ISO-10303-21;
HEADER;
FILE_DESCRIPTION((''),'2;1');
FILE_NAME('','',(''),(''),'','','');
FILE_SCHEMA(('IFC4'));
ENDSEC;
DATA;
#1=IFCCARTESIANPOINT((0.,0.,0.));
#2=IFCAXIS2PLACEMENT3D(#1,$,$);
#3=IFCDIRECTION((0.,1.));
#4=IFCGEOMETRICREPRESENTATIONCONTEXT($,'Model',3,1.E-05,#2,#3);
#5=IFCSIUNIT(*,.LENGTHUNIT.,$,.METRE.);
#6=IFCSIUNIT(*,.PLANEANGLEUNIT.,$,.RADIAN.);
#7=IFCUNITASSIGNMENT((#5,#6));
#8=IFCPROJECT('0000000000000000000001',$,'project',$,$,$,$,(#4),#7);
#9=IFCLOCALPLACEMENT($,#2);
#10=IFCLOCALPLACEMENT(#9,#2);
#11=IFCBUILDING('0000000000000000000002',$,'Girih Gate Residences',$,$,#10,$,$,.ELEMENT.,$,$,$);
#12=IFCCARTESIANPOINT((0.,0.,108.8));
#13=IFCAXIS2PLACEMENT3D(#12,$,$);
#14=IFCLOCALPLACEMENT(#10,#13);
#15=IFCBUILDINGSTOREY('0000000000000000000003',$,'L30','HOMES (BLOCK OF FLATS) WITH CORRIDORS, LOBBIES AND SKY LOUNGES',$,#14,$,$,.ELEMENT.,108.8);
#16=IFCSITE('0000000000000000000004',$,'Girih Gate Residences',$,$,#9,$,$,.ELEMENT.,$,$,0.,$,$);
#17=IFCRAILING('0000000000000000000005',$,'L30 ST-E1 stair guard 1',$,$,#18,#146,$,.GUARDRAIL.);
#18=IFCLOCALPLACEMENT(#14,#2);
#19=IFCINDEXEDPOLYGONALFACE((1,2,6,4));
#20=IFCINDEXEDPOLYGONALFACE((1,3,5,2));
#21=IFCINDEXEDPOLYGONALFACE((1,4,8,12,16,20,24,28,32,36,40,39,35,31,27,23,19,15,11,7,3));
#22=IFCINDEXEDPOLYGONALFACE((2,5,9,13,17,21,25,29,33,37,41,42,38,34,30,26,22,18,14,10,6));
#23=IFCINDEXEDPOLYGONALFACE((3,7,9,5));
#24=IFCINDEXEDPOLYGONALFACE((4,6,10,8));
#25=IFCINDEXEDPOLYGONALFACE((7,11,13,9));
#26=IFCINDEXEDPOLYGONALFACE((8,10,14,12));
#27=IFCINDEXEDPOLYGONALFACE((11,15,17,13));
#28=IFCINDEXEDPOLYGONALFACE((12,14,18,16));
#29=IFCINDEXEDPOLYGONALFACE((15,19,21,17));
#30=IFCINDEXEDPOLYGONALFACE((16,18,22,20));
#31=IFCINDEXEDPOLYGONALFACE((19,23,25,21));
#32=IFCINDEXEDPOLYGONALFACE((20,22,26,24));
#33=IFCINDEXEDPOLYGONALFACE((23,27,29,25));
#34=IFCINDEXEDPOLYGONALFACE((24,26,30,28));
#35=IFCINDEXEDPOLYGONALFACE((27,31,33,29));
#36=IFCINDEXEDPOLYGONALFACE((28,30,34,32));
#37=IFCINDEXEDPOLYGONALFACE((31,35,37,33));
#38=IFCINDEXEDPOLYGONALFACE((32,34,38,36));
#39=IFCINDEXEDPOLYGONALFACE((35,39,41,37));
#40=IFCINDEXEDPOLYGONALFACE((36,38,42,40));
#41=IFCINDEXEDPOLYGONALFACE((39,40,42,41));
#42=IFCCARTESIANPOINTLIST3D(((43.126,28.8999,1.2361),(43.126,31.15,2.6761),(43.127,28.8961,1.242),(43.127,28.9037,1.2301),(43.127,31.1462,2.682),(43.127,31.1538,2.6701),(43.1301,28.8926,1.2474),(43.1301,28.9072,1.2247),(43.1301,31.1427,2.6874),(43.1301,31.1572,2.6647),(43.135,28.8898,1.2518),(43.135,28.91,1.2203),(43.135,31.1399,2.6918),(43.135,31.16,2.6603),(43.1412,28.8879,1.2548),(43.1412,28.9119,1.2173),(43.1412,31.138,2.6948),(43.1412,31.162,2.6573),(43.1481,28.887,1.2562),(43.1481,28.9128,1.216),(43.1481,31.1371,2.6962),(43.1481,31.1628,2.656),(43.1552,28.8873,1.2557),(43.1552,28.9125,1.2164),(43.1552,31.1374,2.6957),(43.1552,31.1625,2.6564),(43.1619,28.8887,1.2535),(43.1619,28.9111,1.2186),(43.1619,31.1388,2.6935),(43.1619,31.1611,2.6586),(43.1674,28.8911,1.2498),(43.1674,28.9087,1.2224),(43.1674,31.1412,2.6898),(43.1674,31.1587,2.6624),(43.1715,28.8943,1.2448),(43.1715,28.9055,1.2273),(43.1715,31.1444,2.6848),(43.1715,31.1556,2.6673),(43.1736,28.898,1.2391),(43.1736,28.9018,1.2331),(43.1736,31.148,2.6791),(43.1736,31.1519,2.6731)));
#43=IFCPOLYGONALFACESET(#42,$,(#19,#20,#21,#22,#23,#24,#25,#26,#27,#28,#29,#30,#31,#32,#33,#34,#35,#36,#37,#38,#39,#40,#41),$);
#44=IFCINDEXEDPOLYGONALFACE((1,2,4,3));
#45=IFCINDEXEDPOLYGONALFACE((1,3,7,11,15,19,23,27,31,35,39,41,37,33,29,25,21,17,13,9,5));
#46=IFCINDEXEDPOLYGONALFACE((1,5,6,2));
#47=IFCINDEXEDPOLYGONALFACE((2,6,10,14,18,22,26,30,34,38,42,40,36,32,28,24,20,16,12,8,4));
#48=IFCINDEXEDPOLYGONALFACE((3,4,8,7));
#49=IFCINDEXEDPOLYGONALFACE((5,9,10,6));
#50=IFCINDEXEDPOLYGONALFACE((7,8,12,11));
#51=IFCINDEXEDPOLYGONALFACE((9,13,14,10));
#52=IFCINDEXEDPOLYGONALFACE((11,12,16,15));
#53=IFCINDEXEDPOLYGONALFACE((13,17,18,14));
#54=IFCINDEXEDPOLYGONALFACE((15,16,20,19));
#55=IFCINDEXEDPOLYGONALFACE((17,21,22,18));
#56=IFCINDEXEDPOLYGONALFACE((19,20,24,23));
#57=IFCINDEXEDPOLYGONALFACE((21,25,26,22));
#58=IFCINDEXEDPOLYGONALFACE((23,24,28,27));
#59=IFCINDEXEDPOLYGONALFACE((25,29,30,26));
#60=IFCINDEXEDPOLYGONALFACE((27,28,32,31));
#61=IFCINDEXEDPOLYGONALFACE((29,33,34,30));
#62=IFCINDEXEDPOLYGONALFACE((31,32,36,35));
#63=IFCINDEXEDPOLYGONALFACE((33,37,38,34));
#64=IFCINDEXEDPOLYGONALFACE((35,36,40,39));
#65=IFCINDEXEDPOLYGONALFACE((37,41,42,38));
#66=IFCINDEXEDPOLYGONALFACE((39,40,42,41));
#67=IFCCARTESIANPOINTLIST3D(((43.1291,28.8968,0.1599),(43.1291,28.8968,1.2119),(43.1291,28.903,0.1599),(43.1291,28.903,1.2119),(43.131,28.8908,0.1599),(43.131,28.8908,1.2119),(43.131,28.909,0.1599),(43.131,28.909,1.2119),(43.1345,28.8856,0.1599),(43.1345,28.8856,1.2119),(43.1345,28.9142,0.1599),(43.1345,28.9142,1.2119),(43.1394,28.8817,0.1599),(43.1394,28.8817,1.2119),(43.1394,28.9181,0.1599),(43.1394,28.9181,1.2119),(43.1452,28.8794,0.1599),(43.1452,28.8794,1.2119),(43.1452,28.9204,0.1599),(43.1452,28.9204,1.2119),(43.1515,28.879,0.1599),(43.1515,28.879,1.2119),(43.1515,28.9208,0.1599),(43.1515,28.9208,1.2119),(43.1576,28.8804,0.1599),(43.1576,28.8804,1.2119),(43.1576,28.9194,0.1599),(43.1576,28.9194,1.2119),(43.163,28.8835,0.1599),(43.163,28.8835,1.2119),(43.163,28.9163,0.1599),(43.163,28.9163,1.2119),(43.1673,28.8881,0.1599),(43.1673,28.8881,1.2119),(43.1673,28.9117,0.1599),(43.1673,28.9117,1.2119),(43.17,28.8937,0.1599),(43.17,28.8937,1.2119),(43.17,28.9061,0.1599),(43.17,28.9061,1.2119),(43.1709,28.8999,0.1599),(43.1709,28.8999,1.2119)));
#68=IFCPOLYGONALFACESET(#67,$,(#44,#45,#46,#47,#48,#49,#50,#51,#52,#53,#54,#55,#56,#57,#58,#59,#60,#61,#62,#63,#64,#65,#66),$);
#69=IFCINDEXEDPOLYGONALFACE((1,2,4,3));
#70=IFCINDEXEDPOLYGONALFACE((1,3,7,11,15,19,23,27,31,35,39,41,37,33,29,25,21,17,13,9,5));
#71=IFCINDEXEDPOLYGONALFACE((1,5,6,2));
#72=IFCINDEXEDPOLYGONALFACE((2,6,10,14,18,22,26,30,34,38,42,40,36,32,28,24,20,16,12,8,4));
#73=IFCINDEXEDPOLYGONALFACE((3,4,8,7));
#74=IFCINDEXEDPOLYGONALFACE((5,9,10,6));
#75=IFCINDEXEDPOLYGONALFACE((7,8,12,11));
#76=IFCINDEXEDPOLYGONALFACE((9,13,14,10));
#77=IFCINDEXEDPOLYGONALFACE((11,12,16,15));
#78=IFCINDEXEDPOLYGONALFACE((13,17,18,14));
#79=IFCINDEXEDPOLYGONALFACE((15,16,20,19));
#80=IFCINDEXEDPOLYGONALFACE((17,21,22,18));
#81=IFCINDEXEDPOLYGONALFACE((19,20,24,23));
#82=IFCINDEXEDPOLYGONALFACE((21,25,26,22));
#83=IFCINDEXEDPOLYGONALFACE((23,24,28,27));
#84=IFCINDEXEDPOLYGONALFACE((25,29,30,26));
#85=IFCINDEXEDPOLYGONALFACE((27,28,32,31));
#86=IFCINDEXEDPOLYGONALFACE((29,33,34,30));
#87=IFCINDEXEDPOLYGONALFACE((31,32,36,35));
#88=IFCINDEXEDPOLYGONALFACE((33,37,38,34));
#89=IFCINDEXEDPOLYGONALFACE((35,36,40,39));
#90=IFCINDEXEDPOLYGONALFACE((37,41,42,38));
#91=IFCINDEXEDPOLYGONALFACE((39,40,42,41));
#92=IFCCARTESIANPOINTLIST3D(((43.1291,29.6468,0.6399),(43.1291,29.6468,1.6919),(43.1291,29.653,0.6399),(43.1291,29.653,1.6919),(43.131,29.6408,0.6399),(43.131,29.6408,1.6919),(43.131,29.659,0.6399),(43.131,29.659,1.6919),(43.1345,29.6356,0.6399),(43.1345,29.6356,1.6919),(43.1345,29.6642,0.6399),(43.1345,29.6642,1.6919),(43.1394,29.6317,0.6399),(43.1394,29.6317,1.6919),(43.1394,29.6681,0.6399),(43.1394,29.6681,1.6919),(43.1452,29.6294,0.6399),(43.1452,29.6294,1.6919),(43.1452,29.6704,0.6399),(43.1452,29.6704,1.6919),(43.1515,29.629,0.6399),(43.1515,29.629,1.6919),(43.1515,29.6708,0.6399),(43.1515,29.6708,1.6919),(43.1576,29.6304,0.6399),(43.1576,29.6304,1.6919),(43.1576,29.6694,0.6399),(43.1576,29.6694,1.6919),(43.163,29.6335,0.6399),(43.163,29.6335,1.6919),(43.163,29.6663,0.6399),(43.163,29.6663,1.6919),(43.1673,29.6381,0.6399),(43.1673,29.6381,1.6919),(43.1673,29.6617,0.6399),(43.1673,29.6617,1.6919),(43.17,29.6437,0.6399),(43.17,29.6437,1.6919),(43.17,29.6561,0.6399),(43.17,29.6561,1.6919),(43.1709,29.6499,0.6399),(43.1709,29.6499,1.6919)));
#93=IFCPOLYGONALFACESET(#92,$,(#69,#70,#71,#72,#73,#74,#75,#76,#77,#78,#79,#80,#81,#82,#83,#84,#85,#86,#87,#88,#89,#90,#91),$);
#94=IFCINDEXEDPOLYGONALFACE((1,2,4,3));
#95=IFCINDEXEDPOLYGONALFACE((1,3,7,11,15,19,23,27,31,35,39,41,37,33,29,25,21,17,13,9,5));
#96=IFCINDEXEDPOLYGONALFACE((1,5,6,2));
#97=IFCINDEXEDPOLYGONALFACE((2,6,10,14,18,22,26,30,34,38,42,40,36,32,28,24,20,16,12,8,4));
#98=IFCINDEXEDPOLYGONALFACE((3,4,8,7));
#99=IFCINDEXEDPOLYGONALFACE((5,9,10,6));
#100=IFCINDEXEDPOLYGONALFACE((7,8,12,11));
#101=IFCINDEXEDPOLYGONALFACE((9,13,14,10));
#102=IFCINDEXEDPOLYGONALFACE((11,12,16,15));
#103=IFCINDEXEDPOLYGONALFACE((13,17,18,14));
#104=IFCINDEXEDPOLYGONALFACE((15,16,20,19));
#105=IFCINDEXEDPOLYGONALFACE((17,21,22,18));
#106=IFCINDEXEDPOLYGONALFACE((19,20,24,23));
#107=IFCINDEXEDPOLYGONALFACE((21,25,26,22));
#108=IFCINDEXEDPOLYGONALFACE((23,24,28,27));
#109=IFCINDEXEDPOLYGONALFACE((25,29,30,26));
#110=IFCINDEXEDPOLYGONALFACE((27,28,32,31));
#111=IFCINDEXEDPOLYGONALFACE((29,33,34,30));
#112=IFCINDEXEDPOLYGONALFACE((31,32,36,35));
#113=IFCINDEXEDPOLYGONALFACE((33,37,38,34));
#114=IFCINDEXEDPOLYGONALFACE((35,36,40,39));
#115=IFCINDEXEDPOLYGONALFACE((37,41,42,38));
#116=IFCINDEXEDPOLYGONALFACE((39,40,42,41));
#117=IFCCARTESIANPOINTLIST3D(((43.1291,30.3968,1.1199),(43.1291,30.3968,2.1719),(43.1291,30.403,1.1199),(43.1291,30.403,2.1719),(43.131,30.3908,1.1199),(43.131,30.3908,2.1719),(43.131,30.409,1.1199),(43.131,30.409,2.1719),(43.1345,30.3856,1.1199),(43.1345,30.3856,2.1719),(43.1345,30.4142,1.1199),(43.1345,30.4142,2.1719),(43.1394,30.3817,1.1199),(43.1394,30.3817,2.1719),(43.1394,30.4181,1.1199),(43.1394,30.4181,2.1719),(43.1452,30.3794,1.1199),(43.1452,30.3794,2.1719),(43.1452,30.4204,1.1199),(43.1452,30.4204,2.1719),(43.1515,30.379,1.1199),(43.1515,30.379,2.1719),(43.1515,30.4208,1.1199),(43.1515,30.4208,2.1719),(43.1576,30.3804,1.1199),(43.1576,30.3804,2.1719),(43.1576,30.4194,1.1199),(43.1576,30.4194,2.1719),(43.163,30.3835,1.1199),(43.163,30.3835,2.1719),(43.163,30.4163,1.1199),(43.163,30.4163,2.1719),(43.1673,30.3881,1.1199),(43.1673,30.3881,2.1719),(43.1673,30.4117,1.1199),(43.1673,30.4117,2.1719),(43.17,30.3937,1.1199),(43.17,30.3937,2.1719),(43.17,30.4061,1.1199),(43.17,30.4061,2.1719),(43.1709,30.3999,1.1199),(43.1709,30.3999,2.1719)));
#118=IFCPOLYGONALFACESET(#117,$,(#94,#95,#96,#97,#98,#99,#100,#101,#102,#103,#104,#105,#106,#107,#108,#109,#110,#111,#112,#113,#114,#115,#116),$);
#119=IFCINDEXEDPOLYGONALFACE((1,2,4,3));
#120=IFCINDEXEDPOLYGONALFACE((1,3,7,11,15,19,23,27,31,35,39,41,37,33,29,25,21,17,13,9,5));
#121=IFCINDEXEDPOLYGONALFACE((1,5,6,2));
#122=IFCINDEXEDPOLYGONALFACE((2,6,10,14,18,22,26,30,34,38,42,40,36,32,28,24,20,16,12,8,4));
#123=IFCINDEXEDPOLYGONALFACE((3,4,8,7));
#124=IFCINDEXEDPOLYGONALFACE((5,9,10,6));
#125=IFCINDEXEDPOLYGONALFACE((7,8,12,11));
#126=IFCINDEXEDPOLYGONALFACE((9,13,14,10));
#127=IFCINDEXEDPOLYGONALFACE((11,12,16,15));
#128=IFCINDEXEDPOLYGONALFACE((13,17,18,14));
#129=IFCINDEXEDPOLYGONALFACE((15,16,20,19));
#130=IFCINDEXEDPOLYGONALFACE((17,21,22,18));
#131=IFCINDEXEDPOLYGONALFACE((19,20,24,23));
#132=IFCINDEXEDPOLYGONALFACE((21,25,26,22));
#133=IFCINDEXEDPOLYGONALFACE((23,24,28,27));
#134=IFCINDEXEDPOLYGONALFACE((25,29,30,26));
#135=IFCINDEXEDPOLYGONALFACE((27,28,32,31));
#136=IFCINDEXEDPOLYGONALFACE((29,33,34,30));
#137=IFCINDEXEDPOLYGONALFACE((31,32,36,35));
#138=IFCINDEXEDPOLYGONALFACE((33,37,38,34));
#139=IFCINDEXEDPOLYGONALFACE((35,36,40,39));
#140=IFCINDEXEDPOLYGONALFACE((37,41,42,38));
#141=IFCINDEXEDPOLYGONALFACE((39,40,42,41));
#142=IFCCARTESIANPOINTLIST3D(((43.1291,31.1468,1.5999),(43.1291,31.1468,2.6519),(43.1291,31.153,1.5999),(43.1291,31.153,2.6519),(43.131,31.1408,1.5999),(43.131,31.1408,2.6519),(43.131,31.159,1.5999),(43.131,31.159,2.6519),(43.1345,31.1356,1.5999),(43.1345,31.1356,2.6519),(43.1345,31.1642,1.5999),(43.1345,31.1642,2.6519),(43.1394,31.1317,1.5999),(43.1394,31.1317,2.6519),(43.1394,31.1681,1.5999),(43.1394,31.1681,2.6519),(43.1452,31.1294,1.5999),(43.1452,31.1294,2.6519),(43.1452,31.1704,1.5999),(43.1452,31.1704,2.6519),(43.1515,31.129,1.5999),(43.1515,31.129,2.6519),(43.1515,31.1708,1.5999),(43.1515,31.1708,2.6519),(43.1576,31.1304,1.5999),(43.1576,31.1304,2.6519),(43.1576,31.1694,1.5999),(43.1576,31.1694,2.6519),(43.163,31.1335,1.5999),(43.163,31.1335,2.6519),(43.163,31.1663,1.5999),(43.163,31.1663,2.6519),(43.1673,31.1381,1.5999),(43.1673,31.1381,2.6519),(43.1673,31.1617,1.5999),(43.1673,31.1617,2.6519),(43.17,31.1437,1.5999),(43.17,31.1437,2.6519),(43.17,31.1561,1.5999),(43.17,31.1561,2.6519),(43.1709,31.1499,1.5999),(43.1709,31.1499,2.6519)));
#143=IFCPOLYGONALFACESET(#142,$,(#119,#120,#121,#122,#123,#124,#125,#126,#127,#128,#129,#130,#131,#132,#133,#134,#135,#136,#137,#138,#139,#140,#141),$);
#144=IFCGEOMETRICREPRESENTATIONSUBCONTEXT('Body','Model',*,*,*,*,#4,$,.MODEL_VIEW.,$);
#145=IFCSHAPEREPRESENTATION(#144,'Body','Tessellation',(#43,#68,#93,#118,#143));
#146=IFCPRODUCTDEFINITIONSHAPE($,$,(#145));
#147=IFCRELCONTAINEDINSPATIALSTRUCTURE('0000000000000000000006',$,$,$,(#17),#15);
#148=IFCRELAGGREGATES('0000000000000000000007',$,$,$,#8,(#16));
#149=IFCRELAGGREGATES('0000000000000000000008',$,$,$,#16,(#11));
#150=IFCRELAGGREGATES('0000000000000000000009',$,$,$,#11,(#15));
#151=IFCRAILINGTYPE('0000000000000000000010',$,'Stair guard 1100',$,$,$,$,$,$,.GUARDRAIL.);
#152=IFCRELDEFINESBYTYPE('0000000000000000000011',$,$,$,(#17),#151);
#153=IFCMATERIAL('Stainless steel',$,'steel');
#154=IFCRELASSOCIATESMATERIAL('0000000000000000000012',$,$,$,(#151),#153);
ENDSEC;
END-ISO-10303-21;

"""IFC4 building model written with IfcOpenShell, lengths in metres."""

from ifc_helpers import new_model, si_unit, direction, frame, origin, origin_2d, place, context, subcontext, project, spatial, circle, extrude, material, type_object, element, save


model = new_model("IFC4")

# Units and contexts
model_context = context("Model", 3, precision=1e-05, world=origin(), true_north=direction((0.0, 1.0)))
body_context = subcontext(model_context, "Body", "Model", "MODEL_VIEW")
ifc_project = project(units=[si_unit("LENGTHUNIT", "METRE"), si_unit("PLANEANGLEUNIT", "RADIAN")], contexts=[model_context])

# Site, building, storey
site_placement = place(None, origin())
site = spatial("IfcSite", under=ifc_project, at=site_placement, Name="Girih Gate Residences", CompositionType="ELEMENT", RefElevation=0.0)
building_placement = place(site_placement, origin())
building = spatial("IfcBuilding", under=site, at=building_placement, Name="Girih Gate Residences", CompositionType="ELEMENT")
storey_placement = place(building_placement, frame((0.0, 0.0, 108.8)))
storey = spatial("IfcBuildingStorey", under=building, at=storey_placement, Name="L30", Description="HOMES (BLOCK OF FLATS) WITH CORRIDORS, LOBBIES AND SKY LOUNGES", CompositionType="ELEMENT", Elevation=108.8)

# Railing
ifc_material_1 = material(Name="Stainless steel", Category="steel")
railing_type_1 = type_object("IfcRailingType", Name="Stair guard 1100", PredefinedType="GUARDRAIL", material=ifc_material_1)
railing_1_placement = place(storey_placement, frame((43.1499, 28.8999, 0.1599)))
element("IfcRailing", 1, at=railing_1_placement, inside=storey, type_object=railing_type_1, Name="L30 ST-E1 stair guard 1", PredefinedType="GUARDRAIL", context=body_context, shape_type="SweptSolid", body=[
    extrude(circle(Radius=0.0239, at=origin_2d()), frame((0.0, 0.0, 1.0762), z_axis=(0.0, 0.842281, 0.539038), x_axis=(-1.0, 0.0, 0.0)), (0.0, 0.0, 1.0), 2.6714),
    extrude(circle(Radius=0.021, at=origin_2d()), origin(), (0.0, 0.0, 1.0), 1.052),
    extrude(circle(Radius=0.021, at=origin_2d()), frame((0.0, 0.75, 0.48)), (0.0, 0.0, 1.0), 1.052),
    extrude(circle(Radius=0.021, at=origin_2d()), frame((0.0, 1.5, 0.96)), (0.0, 0.0, 1.0), 1.052),
    extrude(circle(Radius=0.021, at=origin_2d()), frame((0.0, 2.25, 1.4399)), (0.0, 0.0, 1.0), 1.052),
])

save(model, "model.ifc")
